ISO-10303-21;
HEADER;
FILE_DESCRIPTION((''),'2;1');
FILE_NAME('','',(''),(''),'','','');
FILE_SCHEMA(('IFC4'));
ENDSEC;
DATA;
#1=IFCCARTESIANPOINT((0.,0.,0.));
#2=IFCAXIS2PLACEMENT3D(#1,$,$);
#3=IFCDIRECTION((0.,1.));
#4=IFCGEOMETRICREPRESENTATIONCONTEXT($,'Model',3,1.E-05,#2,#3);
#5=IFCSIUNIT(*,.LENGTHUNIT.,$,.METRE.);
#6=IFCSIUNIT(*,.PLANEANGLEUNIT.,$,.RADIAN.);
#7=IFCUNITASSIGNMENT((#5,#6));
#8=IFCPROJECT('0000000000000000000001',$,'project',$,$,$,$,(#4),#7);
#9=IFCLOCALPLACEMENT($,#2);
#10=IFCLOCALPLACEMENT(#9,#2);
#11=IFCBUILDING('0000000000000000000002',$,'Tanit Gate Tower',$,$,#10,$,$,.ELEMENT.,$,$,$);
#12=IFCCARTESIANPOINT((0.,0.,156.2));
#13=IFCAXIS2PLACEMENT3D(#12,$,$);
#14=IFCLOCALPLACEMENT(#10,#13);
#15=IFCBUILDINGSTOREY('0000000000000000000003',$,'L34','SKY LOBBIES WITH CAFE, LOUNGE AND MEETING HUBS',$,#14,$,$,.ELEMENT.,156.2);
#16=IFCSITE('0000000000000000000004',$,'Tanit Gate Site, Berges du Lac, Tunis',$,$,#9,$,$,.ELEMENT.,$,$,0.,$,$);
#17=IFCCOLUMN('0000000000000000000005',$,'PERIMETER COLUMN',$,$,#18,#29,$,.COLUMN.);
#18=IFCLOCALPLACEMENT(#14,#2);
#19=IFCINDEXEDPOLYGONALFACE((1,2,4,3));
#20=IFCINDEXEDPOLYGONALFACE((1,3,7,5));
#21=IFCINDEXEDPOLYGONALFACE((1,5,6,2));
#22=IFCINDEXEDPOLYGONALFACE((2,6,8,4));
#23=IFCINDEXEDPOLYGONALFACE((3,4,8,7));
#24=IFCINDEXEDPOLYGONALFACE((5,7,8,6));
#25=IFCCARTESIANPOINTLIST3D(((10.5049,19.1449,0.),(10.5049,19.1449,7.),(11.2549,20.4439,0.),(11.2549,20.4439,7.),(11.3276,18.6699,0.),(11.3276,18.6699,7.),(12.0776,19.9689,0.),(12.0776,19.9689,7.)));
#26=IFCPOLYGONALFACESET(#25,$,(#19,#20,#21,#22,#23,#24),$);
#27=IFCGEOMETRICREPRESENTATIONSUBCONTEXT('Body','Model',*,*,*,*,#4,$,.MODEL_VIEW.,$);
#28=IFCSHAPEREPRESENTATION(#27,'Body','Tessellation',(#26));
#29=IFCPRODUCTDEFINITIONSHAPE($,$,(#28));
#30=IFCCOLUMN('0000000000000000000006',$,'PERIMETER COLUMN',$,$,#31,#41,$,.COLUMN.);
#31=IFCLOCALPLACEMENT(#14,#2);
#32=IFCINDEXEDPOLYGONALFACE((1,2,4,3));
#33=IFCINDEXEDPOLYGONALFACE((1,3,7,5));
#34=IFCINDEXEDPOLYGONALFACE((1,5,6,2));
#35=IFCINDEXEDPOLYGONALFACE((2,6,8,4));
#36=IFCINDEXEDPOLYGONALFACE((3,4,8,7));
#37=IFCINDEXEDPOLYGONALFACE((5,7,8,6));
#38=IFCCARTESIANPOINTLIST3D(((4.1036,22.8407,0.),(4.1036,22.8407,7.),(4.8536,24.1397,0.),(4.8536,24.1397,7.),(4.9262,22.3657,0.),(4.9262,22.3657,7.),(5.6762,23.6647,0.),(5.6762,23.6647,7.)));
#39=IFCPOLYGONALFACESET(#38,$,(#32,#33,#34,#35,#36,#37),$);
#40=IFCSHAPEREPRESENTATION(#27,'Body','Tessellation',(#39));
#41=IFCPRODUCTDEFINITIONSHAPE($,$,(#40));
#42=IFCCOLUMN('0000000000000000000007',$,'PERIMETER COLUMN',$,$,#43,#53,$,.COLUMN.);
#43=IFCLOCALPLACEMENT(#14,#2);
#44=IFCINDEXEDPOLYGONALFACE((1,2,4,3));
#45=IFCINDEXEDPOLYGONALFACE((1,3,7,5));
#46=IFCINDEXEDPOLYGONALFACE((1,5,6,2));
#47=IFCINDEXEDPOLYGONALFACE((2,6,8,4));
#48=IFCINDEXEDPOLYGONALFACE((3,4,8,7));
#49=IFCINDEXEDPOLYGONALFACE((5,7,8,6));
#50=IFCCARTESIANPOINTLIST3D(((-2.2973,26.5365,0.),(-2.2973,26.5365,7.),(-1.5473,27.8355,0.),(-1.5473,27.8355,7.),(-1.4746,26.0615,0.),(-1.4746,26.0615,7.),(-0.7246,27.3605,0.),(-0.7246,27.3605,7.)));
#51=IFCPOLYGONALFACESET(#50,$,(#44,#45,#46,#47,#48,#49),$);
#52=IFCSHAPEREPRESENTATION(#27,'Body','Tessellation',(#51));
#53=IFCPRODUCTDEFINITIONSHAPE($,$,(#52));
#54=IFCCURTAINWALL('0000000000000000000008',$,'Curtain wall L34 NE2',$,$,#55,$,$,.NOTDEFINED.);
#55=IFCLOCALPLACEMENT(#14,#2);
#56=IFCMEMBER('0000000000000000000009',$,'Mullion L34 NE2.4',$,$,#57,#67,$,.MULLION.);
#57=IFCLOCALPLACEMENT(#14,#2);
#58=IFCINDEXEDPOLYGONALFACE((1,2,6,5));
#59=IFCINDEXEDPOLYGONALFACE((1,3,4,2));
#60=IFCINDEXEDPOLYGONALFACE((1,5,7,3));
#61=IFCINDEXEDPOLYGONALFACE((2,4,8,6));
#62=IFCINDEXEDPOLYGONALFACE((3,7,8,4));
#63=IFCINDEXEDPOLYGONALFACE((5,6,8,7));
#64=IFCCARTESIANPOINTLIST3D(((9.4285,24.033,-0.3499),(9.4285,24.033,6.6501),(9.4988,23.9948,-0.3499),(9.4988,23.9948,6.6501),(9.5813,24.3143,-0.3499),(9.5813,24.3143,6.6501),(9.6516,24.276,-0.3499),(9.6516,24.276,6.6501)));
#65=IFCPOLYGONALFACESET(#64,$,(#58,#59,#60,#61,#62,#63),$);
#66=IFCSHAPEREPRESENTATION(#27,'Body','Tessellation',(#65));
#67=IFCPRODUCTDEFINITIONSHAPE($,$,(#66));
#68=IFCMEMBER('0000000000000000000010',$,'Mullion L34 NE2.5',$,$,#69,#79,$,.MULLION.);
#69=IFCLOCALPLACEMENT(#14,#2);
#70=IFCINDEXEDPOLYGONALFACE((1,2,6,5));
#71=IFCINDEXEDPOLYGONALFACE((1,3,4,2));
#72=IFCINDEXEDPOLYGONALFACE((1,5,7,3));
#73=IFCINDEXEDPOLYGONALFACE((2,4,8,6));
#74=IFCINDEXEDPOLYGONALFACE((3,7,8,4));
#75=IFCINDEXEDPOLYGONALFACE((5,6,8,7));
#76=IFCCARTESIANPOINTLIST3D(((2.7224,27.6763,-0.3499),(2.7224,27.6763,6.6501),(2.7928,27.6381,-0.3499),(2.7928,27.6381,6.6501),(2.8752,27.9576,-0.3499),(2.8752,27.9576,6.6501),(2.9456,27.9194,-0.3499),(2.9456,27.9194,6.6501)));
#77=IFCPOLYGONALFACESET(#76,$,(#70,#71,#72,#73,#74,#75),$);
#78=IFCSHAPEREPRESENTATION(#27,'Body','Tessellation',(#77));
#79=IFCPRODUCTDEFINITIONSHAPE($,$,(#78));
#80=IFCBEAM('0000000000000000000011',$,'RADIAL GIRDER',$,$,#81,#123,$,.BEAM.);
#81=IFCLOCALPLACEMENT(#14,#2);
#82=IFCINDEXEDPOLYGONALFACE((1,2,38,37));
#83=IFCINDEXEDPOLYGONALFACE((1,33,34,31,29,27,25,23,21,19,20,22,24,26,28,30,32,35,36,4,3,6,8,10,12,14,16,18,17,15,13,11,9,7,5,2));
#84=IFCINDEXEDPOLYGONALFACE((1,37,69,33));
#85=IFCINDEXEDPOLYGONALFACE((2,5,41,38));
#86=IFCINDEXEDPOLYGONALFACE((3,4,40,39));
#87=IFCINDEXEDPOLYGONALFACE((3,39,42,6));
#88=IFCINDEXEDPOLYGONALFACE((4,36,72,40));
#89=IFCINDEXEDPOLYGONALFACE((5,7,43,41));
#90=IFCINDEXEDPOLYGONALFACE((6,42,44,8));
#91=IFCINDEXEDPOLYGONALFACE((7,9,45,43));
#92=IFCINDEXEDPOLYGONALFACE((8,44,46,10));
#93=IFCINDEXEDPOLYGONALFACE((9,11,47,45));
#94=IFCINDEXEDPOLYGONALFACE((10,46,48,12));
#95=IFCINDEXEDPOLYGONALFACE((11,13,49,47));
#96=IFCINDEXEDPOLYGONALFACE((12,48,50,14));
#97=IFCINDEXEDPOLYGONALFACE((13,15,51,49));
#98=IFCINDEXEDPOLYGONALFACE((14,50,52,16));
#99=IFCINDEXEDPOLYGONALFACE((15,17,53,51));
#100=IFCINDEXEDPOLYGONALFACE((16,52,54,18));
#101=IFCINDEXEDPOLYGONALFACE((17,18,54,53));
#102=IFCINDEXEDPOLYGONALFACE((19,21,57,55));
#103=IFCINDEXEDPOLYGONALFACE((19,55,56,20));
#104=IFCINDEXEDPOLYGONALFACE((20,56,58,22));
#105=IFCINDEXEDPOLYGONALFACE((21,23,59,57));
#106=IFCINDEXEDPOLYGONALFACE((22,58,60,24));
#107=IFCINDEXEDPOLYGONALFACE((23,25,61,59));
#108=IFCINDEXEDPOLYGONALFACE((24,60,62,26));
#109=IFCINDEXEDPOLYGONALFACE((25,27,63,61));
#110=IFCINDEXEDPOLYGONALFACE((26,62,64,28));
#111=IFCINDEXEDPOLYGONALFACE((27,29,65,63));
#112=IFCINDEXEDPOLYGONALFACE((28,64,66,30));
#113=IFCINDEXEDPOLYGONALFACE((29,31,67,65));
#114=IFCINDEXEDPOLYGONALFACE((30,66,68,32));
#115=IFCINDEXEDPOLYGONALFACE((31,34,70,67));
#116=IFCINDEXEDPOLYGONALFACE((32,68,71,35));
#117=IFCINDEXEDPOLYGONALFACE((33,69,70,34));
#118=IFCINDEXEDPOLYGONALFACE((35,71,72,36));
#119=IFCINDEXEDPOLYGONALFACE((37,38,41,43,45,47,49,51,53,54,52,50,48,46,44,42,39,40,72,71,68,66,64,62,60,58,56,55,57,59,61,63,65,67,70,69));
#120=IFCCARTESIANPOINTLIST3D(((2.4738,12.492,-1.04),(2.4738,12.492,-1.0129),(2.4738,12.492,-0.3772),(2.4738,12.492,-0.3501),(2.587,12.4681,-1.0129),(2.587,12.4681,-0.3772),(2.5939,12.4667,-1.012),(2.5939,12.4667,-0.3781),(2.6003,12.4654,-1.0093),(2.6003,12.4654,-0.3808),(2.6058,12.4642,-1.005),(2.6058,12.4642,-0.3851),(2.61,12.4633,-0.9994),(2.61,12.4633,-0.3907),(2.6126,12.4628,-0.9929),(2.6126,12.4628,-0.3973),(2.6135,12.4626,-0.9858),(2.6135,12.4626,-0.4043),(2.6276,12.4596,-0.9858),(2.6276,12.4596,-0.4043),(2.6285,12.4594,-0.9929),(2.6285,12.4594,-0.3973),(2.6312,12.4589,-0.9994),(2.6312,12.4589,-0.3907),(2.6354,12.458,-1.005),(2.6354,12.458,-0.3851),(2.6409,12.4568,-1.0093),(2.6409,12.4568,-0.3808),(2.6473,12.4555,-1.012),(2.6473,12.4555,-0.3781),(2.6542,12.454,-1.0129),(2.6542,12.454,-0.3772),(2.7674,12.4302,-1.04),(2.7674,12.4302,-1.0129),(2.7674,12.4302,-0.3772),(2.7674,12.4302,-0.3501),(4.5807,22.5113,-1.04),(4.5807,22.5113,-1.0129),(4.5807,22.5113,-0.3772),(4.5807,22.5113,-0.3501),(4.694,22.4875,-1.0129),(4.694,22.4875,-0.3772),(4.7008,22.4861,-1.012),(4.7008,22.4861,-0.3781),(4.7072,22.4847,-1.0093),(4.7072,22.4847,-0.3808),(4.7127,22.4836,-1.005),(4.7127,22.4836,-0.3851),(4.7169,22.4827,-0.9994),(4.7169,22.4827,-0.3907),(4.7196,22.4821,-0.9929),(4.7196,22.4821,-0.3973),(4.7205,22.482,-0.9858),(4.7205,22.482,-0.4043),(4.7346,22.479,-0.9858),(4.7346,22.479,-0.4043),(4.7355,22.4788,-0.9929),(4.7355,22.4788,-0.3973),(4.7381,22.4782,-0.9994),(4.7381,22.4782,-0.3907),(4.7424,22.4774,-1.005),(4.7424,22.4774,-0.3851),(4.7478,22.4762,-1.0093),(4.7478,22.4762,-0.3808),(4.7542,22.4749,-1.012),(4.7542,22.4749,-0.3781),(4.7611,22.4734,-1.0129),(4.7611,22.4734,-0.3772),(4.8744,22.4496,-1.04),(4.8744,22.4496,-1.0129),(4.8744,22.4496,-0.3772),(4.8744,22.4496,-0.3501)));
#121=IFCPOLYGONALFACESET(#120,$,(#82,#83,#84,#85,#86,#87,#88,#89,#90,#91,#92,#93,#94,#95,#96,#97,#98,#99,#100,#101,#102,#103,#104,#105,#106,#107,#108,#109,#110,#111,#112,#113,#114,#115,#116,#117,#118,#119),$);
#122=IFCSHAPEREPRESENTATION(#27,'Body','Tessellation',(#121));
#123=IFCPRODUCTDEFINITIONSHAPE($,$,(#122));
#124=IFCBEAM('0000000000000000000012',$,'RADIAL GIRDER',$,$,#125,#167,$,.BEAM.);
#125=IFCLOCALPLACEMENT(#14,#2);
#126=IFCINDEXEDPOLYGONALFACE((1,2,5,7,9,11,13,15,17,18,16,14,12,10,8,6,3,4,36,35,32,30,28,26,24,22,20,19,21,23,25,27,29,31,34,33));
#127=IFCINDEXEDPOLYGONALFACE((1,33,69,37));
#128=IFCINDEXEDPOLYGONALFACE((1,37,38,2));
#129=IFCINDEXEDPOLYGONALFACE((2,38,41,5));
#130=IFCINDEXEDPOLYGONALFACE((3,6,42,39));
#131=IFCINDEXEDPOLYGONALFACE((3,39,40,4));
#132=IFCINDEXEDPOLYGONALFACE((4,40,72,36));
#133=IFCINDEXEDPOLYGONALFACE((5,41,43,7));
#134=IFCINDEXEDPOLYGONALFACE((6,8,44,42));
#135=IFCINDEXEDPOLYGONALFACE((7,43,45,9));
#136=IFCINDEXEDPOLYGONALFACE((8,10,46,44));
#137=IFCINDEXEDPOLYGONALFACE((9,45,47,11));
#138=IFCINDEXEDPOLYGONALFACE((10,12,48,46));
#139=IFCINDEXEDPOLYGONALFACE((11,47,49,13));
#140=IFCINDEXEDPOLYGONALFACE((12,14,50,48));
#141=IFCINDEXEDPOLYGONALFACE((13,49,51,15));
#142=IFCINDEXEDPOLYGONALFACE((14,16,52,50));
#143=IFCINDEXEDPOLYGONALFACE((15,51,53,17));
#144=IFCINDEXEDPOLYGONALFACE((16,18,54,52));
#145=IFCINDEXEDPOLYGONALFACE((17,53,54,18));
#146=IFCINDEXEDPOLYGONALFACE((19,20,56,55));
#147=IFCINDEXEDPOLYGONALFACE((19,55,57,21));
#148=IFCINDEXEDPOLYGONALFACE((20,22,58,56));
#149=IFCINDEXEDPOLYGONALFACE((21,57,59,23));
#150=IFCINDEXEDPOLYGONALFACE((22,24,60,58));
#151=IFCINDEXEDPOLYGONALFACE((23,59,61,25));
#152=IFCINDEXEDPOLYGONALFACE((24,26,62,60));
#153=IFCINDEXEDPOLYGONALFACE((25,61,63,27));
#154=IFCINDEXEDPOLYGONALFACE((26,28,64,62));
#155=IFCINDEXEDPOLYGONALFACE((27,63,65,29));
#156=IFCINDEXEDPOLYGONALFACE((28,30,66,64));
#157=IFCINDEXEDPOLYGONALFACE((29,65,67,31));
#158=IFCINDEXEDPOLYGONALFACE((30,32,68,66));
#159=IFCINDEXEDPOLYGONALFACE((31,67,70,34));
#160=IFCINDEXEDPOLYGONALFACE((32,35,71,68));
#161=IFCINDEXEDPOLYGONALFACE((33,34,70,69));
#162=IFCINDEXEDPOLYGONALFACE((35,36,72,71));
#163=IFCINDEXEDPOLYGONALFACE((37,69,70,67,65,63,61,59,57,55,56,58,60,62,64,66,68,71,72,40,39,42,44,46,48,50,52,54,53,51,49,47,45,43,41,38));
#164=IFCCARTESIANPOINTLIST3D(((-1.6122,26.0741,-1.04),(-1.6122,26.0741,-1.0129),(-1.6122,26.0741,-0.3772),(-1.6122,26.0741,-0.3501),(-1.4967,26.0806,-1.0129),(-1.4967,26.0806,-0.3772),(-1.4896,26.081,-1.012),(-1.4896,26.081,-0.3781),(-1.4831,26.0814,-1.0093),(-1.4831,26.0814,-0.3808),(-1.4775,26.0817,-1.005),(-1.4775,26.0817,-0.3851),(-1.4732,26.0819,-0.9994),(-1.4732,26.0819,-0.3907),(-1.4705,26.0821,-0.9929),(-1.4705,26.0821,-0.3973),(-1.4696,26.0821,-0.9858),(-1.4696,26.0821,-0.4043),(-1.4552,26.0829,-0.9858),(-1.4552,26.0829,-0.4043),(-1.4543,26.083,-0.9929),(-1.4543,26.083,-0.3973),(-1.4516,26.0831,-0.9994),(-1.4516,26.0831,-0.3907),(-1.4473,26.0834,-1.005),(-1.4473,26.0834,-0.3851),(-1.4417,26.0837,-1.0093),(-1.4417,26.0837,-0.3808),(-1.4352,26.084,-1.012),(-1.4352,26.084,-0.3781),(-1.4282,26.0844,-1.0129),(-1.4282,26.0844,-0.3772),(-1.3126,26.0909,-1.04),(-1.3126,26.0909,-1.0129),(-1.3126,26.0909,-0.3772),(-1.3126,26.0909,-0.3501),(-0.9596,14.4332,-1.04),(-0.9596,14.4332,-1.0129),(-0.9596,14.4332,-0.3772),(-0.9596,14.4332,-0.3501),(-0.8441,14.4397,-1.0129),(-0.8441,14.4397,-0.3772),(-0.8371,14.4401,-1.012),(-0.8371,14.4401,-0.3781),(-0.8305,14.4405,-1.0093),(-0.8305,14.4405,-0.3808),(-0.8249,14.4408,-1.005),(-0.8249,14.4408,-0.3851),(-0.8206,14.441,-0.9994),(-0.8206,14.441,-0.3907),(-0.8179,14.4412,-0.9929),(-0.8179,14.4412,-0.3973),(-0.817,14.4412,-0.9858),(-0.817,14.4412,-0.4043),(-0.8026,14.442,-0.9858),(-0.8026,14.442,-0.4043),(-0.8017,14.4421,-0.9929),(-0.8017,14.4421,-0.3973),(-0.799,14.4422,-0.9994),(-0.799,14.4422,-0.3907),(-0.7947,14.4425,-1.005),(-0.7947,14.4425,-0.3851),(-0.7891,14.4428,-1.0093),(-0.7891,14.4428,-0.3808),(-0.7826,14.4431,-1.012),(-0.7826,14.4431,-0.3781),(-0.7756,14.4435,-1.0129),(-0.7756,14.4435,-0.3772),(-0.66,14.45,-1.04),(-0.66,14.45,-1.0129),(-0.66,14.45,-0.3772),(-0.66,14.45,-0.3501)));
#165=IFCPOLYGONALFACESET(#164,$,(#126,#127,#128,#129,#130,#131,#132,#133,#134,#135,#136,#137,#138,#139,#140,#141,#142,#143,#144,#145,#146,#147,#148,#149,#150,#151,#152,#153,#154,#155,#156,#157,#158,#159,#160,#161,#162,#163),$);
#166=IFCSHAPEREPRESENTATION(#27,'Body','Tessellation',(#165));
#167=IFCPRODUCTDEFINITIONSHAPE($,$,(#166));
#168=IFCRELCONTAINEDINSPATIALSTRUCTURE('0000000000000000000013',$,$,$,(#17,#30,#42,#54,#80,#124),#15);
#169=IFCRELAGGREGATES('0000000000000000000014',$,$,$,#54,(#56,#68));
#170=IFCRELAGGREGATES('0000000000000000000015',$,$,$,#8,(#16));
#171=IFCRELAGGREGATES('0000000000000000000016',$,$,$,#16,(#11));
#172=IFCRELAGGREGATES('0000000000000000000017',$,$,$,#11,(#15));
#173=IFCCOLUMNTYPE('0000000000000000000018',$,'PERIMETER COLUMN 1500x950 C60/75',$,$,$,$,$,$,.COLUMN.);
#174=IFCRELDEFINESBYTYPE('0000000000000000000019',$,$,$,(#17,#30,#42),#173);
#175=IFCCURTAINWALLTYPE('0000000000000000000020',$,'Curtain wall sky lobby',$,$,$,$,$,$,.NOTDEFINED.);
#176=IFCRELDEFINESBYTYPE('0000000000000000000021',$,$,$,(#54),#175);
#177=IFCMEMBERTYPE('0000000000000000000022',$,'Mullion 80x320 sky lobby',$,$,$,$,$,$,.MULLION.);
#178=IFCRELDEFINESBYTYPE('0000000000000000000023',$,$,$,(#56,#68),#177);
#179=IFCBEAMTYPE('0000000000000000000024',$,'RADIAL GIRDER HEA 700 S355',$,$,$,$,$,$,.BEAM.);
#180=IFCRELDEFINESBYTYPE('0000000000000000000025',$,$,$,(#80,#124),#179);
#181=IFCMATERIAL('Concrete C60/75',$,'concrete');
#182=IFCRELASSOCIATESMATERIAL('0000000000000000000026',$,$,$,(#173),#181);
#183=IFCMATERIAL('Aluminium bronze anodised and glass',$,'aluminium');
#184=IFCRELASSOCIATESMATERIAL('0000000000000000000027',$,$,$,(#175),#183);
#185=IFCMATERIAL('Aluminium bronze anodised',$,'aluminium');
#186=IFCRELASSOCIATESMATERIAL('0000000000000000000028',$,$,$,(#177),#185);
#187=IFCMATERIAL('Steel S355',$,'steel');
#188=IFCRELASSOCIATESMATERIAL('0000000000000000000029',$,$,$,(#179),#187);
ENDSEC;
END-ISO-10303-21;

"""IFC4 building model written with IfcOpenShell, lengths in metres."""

from ifc_helpers import new_model, si_unit, direction, frame, origin, origin_2d, place, context, subcontext, project, spatial, rectangle, i_section, extrude, material, material_profile, profile_set, type_object, element, aggregate, save


model = new_model("IFC4")

# Units and contexts
model_context = context("Model", 3, precision=1e-05, world=origin(), true_north=direction((0.0, 1.0)))
body_context = subcontext(model_context, "Body", "Model", "MODEL_VIEW")
ifc_project = project(units=[si_unit("LENGTHUNIT", "METRE"), si_unit("PLANEANGLEUNIT", "RADIAN")], contexts=[model_context])

# Site, building, storey
site_placement = place(None, origin())
site = spatial("IfcSite", under=ifc_project, at=site_placement, Name="Tanit Gate Site, Berges du Lac, Tunis", CompositionType="ELEMENT", RefElevation=0.0)
building_placement = place(site_placement, origin())
building = spatial("IfcBuilding", under=site, at=building_placement, Name="Tanit Gate Tower", CompositionType="ELEMENT")
storey_placement = place(building_placement, frame((0.0, 0.0, 156.2)))
storey = spatial("IfcBuildingStorey", under=building, at=storey_placement, Name="L34", Description="SKY LOBBIES WITH CAFE, LOUNGE AND MEETING HUBS", CompositionType="ELEMENT", Elevation=156.2)

# Columns
ifc_material_1 = material(Name="Concrete C60/75", Category="concrete")
ifc_material_profile_1 = material_profile(ifc_material_1, rectangle(XDim=1.5, YDim=0.95, at=origin_2d()), Name="RC 1500x950")
ifc_profile_set_1 = profile_set([ifc_material_profile_1], Name="Concrete C60/75")
column_type = type_object("IfcColumnType", Name="PERIMETER COLUMN 1500x950 C60/75", PredefinedType="COLUMN", material=ifc_profile_set_1)
for number, where, z_axis, x_axis, name in (
    (1, (11.2913, 19.5569, 0.0), (0.0, 0.0, 1.0), (0.5, 0.866025, 0.0), "PERIMETER COLUMN"),
    (2, (4.8899, 23.2527, 0.0), (0.0, 0.0, 1.0), (0.5, 0.866025, 0.0), "PERIMETER COLUMN"),
    (3, (-1.511, 26.9485, 0.0), (0.0, 0.0, 1.0), (0.5, 0.866025, 0.0), "PERIMETER COLUMN"),
):
    element("IfcColumn", number, at=place(storey_placement, frame(where, z_axis=z_axis, x_axis=x_axis)), inside=storey, type_object=column_type, Name=name, PredefinedType="COLUMN", context=body_context, shape_type="SweptSolid", body=[
        extrude(rectangle(XDim=1.5, YDim=0.95, at=origin_2d()), origin(), (0.0, 0.0, 1.0), 7.0),
    ])

# Curtain wall, members
ifc_material_2 = material(Name="Aluminium bronze anodised and glass", Category="aluminium")
curtain_wall_type = type_object("IfcCurtainWallType", Name="Curtain wall sky lobby", PredefinedType="NOTDEFINED", material=ifc_material_2)
curtain_wall_placement = place(storey_placement, origin())
curtain_wall = element("IfcCurtainWall", 4, at=curtain_wall_placement, inside=storey, type_object=curtain_wall_type, Name="Curtain wall L34 NE2", PredefinedType="NOTDEFINED")
ifc_material_3 = material(Name="Aluminium bronze anodised", Category="aluminium")
ifc_material_profile_2 = material_profile(ifc_material_3, rectangle(XDim=0.3201, YDim=0.0801, at=origin_2d()), Name="80x320 bronze mullion")
ifc_profile_set_2 = profile_set([ifc_material_profile_2], Name="Aluminium bronze anodised")
member_type_1 = type_object("IfcMemberType", Name="Mullion 80x320 sky lobby", PredefinedType="MULLION", material=ifc_profile_set_2)
member_1_placement = place(storey_placement, frame((9.54, 24.1545, -0.3499), z_axis=(0.0, 0.0, 1.0), x_axis=(-0.477381, -0.878696, 0.0)))
member_1 = element("IfcMember", 5, at=member_1_placement, type_object=member_type_1, Name="Mullion L34 NE2.4", PredefinedType="MULLION", context=body_context, shape_type="SweptSolid", body=[
    extrude(rectangle(XDim=0.3201, YDim=0.0801, at=origin_2d()), origin(), (0.0, 0.0, 1.0), 7.0),
])
member_2_placement = place(storey_placement, frame((2.834, 27.7979, -0.3499), z_axis=(0.0, 0.0, 1.0), x_axis=(-0.477381, -0.878696, 0.0)))
member_2 = element("IfcMember", 6, at=member_2_placement, type_object=member_type_1, Name="Mullion L34 NE2.5", PredefinedType="MULLION", context=body_context, shape_type="SweptSolid", body=[
    extrude(rectangle(XDim=0.3201, YDim=0.0801, at=origin_2d()), origin(), (0.0, 0.0, 1.0), 7.0),
])

# Beams
ifc_material_4 = material(Name="Steel S355", Category="steel")
ifc_material_profile_3 = material_profile(ifc_material_4, i_section(OverallWidth=0.3, OverallDepth=0.6899, WebThickness=0.0144, FlangeThickness=0.0271, FilletRadius=0.0271, at=origin_2d()), Name="HEA 700")
ifc_profile_set_3 = profile_set([ifc_material_profile_3], Name="Steel S355")
beam_type_1 = type_object("IfcBeamType", Name="RADIAL GIRDER HEA 700 S355", PredefinedType="BEAM", material=ifc_profile_set_3)
beam_1_placement = place(storey_placement, frame((4.7275, 22.4805, -0.6951), z_axis=(-0.205787, -0.978597, 0.0), x_axis=(0.978597, -0.205787, 0.0)))
element("IfcBeam", 7, at=beam_1_placement, inside=storey, type_object=beam_type_1, Name="RADIAL GIRDER", PredefinedType="BEAM", context=body_context, shape_type="SweptSolid", body=[
    extrude(i_section(OverallWidth=0.3, OverallDepth=0.6899, WebThickness=0.0144, FlangeThickness=0.0271, FilletRadius=0.0271, at=origin_2d()), origin(), (0.0, 0.0, 1.0), 10.2385),
])
beam_2_placement = place(storey_placement, frame((-1.4624, 26.0825, -0.6951), z_axis=(0.055972, -0.998432, 0.0), x_axis=(0.998432, 0.055972, 0.0)))
element("IfcBeam", 8, at=beam_2_placement, inside=storey, type_object=beam_type_1, Name="RADIAL GIRDER", PredefinedType="BEAM", context=body_context, shape_type="SweptSolid", body=[
    extrude(i_section(OverallWidth=0.3, OverallDepth=0.6899, WebThickness=0.0144, FlangeThickness=0.0271, FilletRadius=0.0271, at=origin_2d()), origin(), (0.0, 0.0, 1.0), 11.6592),
])

aggregate(curtain_wall, [member_1, member_2])

save(model, "model.ifc")
